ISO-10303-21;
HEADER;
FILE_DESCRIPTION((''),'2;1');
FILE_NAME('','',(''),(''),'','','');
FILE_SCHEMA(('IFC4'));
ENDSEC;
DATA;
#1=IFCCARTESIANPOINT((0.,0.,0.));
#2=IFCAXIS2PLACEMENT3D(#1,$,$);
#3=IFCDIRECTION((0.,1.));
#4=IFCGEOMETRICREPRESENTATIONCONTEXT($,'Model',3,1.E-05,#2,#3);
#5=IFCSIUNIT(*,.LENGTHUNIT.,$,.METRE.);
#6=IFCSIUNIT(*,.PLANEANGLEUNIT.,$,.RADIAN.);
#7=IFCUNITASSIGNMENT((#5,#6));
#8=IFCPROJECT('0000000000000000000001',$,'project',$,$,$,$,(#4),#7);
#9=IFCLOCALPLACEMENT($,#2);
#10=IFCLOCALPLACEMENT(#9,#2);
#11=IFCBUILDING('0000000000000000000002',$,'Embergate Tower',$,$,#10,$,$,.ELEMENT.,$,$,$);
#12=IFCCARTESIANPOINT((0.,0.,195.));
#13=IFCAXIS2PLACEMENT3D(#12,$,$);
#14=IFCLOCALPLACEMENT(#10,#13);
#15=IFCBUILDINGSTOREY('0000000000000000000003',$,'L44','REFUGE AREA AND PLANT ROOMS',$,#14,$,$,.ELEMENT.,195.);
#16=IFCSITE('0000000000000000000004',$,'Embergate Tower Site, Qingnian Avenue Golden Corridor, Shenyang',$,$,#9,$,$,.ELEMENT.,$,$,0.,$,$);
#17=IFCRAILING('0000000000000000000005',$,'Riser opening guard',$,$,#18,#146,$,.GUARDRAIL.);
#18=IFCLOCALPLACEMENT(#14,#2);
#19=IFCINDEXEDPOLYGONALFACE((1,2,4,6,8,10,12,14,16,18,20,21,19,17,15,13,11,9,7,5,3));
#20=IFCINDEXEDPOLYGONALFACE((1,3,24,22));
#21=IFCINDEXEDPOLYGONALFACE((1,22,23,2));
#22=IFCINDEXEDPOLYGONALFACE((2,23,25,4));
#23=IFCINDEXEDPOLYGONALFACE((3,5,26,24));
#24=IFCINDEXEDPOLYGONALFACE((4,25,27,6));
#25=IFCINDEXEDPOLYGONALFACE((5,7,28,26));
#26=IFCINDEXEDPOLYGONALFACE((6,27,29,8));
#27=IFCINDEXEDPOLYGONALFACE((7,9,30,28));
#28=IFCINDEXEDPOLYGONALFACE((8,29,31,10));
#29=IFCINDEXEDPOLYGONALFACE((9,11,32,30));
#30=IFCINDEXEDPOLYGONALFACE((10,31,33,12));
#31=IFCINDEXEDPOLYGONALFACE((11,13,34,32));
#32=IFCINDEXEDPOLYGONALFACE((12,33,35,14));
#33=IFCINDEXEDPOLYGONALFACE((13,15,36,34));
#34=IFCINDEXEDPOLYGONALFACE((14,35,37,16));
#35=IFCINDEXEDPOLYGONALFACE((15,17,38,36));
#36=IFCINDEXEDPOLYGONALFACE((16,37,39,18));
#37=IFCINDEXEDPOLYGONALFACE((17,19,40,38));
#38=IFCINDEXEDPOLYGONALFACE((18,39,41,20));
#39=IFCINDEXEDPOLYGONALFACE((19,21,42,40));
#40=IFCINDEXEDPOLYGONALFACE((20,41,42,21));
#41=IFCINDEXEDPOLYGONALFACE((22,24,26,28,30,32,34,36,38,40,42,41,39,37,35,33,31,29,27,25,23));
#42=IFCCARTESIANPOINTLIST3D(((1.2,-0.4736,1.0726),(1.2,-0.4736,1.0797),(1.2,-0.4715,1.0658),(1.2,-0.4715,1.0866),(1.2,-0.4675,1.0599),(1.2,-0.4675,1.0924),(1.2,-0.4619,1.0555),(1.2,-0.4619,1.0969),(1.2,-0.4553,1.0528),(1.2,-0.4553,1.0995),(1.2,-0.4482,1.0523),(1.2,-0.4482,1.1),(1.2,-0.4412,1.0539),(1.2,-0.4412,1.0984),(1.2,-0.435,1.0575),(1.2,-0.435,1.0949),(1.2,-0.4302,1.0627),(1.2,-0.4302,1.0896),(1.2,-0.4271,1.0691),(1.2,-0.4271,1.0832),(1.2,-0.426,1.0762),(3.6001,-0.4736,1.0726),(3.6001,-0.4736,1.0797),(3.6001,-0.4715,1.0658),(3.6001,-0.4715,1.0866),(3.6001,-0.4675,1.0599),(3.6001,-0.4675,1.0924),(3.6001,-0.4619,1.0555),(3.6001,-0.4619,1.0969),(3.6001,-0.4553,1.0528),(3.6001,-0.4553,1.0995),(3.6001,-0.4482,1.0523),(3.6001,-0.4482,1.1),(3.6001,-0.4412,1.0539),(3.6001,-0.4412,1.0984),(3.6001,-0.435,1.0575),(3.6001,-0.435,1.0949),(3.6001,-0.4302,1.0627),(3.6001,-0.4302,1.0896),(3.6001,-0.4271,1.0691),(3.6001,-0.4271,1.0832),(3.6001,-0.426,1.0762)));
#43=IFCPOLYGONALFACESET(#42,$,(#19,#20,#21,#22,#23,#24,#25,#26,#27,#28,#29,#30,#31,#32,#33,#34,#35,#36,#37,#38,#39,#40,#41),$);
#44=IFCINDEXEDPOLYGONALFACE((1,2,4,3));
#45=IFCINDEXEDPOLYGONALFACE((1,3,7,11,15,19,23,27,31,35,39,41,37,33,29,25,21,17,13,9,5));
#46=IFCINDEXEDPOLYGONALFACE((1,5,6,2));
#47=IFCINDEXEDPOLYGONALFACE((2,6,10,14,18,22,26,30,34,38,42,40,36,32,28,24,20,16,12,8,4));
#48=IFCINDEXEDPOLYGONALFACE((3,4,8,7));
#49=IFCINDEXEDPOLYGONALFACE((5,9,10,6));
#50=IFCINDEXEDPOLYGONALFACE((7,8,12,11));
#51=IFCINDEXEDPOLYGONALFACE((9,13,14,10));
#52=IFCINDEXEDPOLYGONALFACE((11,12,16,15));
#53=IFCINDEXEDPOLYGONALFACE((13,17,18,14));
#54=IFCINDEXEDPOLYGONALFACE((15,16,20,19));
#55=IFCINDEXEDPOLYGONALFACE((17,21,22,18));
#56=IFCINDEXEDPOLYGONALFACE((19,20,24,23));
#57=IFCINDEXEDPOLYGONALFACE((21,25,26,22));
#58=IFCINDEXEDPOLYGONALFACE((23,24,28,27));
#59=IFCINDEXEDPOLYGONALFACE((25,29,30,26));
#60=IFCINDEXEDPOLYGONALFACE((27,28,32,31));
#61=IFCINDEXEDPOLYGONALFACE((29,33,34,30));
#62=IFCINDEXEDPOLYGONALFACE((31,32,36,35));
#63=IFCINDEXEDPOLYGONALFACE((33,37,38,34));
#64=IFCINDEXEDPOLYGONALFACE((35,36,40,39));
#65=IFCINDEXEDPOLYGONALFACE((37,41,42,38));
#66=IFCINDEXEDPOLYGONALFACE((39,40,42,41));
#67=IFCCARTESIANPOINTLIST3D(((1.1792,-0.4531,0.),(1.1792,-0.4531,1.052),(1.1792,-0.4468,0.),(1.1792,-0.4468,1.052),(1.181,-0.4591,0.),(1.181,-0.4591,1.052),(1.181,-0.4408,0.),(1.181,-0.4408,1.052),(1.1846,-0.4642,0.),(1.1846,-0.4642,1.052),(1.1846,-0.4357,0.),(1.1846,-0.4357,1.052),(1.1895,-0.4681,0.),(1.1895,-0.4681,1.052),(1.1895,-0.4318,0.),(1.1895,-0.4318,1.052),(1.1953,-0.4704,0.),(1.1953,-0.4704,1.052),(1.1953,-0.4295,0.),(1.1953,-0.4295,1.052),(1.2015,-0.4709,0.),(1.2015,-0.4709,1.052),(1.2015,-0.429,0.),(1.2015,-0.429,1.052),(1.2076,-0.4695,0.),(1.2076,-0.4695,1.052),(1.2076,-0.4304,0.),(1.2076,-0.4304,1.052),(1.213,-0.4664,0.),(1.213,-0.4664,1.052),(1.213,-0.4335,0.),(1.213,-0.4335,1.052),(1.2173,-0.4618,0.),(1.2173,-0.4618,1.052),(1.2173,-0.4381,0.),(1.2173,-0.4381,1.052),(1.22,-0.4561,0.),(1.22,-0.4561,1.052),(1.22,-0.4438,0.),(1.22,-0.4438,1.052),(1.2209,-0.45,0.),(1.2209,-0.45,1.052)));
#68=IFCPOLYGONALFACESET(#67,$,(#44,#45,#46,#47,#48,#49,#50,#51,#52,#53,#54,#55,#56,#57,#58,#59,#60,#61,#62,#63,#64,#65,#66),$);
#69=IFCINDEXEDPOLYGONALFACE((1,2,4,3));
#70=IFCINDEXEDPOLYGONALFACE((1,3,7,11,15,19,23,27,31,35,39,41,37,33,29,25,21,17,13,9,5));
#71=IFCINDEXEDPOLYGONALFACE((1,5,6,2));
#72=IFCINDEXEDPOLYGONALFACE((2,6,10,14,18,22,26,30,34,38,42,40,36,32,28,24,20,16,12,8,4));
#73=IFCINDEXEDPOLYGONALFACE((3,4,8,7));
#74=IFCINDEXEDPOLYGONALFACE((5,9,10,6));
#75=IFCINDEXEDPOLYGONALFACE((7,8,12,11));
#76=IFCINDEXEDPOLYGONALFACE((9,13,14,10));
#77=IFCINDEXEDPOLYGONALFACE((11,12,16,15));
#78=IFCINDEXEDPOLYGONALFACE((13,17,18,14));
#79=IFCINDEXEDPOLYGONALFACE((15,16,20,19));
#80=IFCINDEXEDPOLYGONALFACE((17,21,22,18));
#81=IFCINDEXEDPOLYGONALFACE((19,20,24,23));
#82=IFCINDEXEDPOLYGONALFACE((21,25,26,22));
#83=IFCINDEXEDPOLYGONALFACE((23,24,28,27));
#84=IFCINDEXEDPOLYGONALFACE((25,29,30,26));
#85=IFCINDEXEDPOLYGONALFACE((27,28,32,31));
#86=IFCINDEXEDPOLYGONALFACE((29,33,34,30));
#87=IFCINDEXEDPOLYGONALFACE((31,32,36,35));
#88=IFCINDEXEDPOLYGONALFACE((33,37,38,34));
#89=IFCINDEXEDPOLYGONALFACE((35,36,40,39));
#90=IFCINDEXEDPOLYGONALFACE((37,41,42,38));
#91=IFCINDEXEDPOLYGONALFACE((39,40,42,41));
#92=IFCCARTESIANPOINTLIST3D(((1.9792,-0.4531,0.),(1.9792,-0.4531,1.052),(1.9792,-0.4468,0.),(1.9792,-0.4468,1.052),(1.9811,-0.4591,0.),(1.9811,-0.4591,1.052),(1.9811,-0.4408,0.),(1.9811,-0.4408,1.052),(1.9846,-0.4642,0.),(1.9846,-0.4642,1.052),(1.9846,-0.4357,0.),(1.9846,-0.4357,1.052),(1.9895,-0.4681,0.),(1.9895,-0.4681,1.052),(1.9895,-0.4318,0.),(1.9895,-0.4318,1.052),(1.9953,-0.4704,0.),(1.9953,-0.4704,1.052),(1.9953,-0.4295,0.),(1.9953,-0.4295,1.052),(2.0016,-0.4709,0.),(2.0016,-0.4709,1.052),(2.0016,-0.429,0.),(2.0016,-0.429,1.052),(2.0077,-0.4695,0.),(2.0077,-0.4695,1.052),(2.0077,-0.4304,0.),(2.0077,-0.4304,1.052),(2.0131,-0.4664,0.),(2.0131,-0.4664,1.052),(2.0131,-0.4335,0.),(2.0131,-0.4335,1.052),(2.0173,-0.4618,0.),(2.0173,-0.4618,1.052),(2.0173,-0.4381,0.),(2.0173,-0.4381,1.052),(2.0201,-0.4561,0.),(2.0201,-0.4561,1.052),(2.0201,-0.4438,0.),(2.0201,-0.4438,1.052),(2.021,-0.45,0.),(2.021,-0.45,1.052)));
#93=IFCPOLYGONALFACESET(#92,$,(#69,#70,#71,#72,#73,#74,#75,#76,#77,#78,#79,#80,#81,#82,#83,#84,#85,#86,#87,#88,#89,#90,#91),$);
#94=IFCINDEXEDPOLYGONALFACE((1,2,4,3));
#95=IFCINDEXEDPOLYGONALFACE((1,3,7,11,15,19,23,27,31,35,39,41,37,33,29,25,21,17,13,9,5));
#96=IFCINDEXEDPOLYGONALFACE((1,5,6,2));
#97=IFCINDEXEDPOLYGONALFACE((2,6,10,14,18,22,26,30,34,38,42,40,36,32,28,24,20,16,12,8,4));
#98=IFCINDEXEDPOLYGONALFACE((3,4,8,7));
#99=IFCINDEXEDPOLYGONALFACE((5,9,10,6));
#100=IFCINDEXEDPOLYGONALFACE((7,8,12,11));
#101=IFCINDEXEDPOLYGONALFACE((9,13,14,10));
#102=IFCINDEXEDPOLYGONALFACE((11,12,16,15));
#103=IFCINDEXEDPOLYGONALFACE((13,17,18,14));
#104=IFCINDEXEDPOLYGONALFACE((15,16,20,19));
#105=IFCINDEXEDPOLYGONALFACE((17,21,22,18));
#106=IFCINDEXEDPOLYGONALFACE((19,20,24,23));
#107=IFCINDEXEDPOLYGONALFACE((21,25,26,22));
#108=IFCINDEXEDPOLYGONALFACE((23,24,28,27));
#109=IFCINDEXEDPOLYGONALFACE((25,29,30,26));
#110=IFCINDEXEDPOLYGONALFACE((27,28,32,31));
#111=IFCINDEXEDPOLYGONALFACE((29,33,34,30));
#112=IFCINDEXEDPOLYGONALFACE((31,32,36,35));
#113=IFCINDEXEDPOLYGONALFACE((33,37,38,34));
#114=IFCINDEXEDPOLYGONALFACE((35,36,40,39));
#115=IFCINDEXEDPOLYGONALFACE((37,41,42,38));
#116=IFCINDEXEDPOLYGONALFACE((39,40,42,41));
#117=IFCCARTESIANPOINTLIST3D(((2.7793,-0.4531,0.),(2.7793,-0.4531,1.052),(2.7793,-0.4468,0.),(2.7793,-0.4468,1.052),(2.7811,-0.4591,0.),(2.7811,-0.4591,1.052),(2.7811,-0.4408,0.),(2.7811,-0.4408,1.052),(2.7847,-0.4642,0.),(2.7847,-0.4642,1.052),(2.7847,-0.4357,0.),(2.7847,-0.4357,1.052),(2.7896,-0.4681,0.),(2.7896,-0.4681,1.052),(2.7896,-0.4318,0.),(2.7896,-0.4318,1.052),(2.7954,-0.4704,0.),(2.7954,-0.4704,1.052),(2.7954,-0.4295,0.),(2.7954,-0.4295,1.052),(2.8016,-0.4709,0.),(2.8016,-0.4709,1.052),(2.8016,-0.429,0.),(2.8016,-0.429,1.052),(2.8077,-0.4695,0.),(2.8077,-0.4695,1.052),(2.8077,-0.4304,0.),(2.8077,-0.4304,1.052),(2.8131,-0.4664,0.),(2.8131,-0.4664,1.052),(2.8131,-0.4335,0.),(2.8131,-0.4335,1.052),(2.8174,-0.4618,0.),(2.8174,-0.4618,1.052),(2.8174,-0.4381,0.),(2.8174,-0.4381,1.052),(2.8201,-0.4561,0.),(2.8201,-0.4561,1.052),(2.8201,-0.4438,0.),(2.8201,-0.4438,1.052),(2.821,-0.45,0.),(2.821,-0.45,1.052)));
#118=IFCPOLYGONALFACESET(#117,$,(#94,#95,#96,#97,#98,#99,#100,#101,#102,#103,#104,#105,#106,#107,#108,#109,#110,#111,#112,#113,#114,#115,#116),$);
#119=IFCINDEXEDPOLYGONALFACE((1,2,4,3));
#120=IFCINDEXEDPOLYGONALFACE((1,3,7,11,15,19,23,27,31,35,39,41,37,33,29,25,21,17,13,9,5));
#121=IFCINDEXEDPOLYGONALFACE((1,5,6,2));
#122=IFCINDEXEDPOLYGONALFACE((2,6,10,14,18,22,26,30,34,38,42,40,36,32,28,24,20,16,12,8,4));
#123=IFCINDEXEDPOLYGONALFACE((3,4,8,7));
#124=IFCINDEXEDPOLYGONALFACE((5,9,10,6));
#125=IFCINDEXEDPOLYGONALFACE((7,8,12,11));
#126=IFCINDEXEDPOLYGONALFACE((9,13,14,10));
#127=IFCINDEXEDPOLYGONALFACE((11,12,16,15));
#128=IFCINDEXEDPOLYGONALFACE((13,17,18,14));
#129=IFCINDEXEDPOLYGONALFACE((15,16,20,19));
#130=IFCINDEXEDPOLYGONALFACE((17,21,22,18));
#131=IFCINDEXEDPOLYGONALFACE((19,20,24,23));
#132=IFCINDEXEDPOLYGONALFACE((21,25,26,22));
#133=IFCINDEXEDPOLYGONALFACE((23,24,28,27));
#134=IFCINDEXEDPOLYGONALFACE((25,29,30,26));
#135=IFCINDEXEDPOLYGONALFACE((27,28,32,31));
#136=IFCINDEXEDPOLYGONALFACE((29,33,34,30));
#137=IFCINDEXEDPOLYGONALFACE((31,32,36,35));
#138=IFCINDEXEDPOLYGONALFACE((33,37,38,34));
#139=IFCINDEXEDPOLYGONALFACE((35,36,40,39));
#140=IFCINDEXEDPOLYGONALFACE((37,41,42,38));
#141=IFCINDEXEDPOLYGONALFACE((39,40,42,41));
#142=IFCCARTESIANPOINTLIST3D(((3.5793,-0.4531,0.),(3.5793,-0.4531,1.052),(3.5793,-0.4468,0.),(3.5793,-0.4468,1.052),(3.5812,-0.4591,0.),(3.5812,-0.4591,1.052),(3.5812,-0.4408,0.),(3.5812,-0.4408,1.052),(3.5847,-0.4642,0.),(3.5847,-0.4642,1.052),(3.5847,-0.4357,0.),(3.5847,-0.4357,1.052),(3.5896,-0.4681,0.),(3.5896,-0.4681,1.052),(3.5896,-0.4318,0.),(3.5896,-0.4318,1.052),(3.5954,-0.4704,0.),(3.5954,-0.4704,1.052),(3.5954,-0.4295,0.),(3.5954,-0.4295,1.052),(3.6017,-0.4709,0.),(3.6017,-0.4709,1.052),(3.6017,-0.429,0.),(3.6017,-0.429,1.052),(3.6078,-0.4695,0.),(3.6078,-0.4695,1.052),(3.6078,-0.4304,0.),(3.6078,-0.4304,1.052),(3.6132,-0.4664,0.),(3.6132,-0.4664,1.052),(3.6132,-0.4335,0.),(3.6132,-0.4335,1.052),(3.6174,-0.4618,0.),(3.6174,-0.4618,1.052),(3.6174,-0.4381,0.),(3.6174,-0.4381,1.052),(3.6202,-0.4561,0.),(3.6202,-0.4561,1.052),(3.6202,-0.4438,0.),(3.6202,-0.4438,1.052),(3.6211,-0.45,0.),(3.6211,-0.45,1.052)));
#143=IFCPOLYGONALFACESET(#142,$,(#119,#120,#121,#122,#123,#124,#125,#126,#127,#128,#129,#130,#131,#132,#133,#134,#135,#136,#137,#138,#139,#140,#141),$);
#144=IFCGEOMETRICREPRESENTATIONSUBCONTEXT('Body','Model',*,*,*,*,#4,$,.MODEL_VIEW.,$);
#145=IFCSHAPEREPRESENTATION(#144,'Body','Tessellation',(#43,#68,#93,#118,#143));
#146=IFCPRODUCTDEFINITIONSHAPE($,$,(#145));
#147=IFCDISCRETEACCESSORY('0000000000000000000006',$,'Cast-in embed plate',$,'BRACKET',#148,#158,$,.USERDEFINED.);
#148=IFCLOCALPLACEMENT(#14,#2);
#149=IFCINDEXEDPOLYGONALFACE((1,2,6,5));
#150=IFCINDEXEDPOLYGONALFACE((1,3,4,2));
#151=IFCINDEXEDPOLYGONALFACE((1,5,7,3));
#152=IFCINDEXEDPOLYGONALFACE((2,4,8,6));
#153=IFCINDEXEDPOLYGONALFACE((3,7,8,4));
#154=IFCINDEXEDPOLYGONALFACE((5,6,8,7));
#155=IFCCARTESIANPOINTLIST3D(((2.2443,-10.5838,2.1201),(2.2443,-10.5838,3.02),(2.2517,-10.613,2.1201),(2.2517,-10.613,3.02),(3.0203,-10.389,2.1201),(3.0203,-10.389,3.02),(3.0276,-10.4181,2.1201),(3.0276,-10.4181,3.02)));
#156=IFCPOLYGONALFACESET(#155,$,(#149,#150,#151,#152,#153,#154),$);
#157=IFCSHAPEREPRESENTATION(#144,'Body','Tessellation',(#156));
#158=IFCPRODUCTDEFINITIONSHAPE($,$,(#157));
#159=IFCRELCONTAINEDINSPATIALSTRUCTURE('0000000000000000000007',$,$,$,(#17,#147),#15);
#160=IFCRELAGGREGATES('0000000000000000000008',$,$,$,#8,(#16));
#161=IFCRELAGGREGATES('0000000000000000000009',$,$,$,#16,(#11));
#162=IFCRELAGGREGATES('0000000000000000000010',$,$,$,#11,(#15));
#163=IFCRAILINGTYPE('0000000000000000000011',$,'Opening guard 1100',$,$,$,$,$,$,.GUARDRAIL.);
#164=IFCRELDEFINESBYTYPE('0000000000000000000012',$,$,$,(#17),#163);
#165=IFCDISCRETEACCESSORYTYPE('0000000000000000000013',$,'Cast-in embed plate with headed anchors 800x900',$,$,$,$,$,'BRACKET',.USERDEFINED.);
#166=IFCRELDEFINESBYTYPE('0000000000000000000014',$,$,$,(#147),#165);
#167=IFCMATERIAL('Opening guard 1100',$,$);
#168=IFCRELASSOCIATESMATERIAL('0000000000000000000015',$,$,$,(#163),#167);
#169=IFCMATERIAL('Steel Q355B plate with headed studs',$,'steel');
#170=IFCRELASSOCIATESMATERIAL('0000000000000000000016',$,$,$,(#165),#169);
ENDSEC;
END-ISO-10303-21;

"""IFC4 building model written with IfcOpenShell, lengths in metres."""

from ifc_helpers import new_model, si_unit, direction, frame, origin, origin_2d, place, context, subcontext, project, spatial, rectangle, circle, extrude, source, transform, mapped, material, type_object, element, save


model = new_model("IFC4")

# Units and contexts
model_context = context("Model", 3, precision=1e-05, world=origin(), true_north=direction((0.0, 1.0)))
body_context = subcontext(model_context, "Body", "Model", "MODEL_VIEW")
ifc_project = project(units=[si_unit("LENGTHUNIT", "METRE"), si_unit("PLANEANGLEUNIT", "RADIAN")], contexts=[model_context])

# Site, building, storey
site_placement = place(None, origin())
site = spatial("IfcSite", under=ifc_project, at=site_placement, Name="Embergate Tower Site, Qingnian Avenue Golden Corridor, Shenyang", CompositionType="ELEMENT", RefElevation=0.0)
building_placement = place(site_placement, origin())
building = spatial("IfcBuilding", under=site, at=building_placement, Name="Embergate Tower", CompositionType="ELEMENT")
storey_placement = place(building_placement, frame((0.0, 0.0, 195.0)))
storey = spatial("IfcBuildingStorey", under=building, at=storey_placement, Name="L44", Description="REFUGE AREA AND PLANT ROOMS", CompositionType="ELEMENT", Elevation=195.0)

# Railing
ifc_material_1 = material(Name="Opening guard 1100")
railing_type_1 = type_object("IfcRailingType", Name="Opening guard 1100", PredefinedType="GUARDRAIL", material=ifc_material_1)
shared_shape_1 = source(origin(), body_context, "Body", "SweptSolid", [
    extrude(circle(Radius=0.0239, at=origin_2d()), frame((0.0, 0.0, 1.0762), z_axis=(1.0, 0.0, 0.0), x_axis=(0.0, 1.0, 0.0)), (0.0, 0.0, 1.0), 2.4001),
    extrude(circle(Radius=0.021, at=origin_2d()), origin(), (0.0, 0.0, 1.0), 1.052),
    extrude(circle(Radius=0.021, at=origin_2d()), frame((0.8, 0.0, 0.0)), (0.0, 0.0, 1.0), 1.052),
    extrude(circle(Radius=0.021, at=origin_2d()), frame((1.6001, 0.0, 0.0)), (0.0, 0.0, 1.0), 1.052),
    extrude(circle(Radius=0.021, at=origin_2d()), frame((2.4001, 0.0, 0.0)), (0.0, 0.0, 1.0), 1.052),
])
railing_1_placement = place(storey_placement, frame((1.2, -0.45, 0.0)))
element("IfcRailing", 1, at=railing_1_placement, inside=storey, type_object=railing_type_1, Name="Riser opening guard", PredefinedType="GUARDRAIL", context=body_context, shape_type="MappedRepresentation", body=[
    mapped(shared_shape_1, transform((0.0, 0.0, 0.0))),
])

# Discrete accessory
ifc_material_2 = material(Name="Steel Q355B plate with headed studs", Category="steel")
discrete_accessory_type = type_object("IfcDiscreteAccessoryType", Name="Cast-in embed plate with headed anchors 800x900", ElementType="BRACKET", PredefinedType="USERDEFINED", material=ifc_material_2)
shared_shape_2 = source(origin(), body_context, "Body", "SweptSolid", [
    extrude(rectangle(XDim=0.03, YDim=0.8, at=origin_2d()), origin(), (0.0, 0.0, 1.0), 0.8999),
])
discrete_accessory_placement = place(storey_placement, frame((2.636, -10.501, 2.1201), z_axis=(0.0, 0.0, 1.0), x_axis=(0.24353, -0.969893, 0.0)))
element("IfcDiscreteAccessory", 2, at=discrete_accessory_placement, inside=storey, type_object=discrete_accessory_type, Name="Cast-in embed plate", ObjectType="BRACKET", PredefinedType="USERDEFINED", context=body_context, shape_type="MappedRepresentation", body=[
    mapped(shared_shape_2, transform((0.0, 0.0, 0.0))),
])

save(model, "model.ifc")
